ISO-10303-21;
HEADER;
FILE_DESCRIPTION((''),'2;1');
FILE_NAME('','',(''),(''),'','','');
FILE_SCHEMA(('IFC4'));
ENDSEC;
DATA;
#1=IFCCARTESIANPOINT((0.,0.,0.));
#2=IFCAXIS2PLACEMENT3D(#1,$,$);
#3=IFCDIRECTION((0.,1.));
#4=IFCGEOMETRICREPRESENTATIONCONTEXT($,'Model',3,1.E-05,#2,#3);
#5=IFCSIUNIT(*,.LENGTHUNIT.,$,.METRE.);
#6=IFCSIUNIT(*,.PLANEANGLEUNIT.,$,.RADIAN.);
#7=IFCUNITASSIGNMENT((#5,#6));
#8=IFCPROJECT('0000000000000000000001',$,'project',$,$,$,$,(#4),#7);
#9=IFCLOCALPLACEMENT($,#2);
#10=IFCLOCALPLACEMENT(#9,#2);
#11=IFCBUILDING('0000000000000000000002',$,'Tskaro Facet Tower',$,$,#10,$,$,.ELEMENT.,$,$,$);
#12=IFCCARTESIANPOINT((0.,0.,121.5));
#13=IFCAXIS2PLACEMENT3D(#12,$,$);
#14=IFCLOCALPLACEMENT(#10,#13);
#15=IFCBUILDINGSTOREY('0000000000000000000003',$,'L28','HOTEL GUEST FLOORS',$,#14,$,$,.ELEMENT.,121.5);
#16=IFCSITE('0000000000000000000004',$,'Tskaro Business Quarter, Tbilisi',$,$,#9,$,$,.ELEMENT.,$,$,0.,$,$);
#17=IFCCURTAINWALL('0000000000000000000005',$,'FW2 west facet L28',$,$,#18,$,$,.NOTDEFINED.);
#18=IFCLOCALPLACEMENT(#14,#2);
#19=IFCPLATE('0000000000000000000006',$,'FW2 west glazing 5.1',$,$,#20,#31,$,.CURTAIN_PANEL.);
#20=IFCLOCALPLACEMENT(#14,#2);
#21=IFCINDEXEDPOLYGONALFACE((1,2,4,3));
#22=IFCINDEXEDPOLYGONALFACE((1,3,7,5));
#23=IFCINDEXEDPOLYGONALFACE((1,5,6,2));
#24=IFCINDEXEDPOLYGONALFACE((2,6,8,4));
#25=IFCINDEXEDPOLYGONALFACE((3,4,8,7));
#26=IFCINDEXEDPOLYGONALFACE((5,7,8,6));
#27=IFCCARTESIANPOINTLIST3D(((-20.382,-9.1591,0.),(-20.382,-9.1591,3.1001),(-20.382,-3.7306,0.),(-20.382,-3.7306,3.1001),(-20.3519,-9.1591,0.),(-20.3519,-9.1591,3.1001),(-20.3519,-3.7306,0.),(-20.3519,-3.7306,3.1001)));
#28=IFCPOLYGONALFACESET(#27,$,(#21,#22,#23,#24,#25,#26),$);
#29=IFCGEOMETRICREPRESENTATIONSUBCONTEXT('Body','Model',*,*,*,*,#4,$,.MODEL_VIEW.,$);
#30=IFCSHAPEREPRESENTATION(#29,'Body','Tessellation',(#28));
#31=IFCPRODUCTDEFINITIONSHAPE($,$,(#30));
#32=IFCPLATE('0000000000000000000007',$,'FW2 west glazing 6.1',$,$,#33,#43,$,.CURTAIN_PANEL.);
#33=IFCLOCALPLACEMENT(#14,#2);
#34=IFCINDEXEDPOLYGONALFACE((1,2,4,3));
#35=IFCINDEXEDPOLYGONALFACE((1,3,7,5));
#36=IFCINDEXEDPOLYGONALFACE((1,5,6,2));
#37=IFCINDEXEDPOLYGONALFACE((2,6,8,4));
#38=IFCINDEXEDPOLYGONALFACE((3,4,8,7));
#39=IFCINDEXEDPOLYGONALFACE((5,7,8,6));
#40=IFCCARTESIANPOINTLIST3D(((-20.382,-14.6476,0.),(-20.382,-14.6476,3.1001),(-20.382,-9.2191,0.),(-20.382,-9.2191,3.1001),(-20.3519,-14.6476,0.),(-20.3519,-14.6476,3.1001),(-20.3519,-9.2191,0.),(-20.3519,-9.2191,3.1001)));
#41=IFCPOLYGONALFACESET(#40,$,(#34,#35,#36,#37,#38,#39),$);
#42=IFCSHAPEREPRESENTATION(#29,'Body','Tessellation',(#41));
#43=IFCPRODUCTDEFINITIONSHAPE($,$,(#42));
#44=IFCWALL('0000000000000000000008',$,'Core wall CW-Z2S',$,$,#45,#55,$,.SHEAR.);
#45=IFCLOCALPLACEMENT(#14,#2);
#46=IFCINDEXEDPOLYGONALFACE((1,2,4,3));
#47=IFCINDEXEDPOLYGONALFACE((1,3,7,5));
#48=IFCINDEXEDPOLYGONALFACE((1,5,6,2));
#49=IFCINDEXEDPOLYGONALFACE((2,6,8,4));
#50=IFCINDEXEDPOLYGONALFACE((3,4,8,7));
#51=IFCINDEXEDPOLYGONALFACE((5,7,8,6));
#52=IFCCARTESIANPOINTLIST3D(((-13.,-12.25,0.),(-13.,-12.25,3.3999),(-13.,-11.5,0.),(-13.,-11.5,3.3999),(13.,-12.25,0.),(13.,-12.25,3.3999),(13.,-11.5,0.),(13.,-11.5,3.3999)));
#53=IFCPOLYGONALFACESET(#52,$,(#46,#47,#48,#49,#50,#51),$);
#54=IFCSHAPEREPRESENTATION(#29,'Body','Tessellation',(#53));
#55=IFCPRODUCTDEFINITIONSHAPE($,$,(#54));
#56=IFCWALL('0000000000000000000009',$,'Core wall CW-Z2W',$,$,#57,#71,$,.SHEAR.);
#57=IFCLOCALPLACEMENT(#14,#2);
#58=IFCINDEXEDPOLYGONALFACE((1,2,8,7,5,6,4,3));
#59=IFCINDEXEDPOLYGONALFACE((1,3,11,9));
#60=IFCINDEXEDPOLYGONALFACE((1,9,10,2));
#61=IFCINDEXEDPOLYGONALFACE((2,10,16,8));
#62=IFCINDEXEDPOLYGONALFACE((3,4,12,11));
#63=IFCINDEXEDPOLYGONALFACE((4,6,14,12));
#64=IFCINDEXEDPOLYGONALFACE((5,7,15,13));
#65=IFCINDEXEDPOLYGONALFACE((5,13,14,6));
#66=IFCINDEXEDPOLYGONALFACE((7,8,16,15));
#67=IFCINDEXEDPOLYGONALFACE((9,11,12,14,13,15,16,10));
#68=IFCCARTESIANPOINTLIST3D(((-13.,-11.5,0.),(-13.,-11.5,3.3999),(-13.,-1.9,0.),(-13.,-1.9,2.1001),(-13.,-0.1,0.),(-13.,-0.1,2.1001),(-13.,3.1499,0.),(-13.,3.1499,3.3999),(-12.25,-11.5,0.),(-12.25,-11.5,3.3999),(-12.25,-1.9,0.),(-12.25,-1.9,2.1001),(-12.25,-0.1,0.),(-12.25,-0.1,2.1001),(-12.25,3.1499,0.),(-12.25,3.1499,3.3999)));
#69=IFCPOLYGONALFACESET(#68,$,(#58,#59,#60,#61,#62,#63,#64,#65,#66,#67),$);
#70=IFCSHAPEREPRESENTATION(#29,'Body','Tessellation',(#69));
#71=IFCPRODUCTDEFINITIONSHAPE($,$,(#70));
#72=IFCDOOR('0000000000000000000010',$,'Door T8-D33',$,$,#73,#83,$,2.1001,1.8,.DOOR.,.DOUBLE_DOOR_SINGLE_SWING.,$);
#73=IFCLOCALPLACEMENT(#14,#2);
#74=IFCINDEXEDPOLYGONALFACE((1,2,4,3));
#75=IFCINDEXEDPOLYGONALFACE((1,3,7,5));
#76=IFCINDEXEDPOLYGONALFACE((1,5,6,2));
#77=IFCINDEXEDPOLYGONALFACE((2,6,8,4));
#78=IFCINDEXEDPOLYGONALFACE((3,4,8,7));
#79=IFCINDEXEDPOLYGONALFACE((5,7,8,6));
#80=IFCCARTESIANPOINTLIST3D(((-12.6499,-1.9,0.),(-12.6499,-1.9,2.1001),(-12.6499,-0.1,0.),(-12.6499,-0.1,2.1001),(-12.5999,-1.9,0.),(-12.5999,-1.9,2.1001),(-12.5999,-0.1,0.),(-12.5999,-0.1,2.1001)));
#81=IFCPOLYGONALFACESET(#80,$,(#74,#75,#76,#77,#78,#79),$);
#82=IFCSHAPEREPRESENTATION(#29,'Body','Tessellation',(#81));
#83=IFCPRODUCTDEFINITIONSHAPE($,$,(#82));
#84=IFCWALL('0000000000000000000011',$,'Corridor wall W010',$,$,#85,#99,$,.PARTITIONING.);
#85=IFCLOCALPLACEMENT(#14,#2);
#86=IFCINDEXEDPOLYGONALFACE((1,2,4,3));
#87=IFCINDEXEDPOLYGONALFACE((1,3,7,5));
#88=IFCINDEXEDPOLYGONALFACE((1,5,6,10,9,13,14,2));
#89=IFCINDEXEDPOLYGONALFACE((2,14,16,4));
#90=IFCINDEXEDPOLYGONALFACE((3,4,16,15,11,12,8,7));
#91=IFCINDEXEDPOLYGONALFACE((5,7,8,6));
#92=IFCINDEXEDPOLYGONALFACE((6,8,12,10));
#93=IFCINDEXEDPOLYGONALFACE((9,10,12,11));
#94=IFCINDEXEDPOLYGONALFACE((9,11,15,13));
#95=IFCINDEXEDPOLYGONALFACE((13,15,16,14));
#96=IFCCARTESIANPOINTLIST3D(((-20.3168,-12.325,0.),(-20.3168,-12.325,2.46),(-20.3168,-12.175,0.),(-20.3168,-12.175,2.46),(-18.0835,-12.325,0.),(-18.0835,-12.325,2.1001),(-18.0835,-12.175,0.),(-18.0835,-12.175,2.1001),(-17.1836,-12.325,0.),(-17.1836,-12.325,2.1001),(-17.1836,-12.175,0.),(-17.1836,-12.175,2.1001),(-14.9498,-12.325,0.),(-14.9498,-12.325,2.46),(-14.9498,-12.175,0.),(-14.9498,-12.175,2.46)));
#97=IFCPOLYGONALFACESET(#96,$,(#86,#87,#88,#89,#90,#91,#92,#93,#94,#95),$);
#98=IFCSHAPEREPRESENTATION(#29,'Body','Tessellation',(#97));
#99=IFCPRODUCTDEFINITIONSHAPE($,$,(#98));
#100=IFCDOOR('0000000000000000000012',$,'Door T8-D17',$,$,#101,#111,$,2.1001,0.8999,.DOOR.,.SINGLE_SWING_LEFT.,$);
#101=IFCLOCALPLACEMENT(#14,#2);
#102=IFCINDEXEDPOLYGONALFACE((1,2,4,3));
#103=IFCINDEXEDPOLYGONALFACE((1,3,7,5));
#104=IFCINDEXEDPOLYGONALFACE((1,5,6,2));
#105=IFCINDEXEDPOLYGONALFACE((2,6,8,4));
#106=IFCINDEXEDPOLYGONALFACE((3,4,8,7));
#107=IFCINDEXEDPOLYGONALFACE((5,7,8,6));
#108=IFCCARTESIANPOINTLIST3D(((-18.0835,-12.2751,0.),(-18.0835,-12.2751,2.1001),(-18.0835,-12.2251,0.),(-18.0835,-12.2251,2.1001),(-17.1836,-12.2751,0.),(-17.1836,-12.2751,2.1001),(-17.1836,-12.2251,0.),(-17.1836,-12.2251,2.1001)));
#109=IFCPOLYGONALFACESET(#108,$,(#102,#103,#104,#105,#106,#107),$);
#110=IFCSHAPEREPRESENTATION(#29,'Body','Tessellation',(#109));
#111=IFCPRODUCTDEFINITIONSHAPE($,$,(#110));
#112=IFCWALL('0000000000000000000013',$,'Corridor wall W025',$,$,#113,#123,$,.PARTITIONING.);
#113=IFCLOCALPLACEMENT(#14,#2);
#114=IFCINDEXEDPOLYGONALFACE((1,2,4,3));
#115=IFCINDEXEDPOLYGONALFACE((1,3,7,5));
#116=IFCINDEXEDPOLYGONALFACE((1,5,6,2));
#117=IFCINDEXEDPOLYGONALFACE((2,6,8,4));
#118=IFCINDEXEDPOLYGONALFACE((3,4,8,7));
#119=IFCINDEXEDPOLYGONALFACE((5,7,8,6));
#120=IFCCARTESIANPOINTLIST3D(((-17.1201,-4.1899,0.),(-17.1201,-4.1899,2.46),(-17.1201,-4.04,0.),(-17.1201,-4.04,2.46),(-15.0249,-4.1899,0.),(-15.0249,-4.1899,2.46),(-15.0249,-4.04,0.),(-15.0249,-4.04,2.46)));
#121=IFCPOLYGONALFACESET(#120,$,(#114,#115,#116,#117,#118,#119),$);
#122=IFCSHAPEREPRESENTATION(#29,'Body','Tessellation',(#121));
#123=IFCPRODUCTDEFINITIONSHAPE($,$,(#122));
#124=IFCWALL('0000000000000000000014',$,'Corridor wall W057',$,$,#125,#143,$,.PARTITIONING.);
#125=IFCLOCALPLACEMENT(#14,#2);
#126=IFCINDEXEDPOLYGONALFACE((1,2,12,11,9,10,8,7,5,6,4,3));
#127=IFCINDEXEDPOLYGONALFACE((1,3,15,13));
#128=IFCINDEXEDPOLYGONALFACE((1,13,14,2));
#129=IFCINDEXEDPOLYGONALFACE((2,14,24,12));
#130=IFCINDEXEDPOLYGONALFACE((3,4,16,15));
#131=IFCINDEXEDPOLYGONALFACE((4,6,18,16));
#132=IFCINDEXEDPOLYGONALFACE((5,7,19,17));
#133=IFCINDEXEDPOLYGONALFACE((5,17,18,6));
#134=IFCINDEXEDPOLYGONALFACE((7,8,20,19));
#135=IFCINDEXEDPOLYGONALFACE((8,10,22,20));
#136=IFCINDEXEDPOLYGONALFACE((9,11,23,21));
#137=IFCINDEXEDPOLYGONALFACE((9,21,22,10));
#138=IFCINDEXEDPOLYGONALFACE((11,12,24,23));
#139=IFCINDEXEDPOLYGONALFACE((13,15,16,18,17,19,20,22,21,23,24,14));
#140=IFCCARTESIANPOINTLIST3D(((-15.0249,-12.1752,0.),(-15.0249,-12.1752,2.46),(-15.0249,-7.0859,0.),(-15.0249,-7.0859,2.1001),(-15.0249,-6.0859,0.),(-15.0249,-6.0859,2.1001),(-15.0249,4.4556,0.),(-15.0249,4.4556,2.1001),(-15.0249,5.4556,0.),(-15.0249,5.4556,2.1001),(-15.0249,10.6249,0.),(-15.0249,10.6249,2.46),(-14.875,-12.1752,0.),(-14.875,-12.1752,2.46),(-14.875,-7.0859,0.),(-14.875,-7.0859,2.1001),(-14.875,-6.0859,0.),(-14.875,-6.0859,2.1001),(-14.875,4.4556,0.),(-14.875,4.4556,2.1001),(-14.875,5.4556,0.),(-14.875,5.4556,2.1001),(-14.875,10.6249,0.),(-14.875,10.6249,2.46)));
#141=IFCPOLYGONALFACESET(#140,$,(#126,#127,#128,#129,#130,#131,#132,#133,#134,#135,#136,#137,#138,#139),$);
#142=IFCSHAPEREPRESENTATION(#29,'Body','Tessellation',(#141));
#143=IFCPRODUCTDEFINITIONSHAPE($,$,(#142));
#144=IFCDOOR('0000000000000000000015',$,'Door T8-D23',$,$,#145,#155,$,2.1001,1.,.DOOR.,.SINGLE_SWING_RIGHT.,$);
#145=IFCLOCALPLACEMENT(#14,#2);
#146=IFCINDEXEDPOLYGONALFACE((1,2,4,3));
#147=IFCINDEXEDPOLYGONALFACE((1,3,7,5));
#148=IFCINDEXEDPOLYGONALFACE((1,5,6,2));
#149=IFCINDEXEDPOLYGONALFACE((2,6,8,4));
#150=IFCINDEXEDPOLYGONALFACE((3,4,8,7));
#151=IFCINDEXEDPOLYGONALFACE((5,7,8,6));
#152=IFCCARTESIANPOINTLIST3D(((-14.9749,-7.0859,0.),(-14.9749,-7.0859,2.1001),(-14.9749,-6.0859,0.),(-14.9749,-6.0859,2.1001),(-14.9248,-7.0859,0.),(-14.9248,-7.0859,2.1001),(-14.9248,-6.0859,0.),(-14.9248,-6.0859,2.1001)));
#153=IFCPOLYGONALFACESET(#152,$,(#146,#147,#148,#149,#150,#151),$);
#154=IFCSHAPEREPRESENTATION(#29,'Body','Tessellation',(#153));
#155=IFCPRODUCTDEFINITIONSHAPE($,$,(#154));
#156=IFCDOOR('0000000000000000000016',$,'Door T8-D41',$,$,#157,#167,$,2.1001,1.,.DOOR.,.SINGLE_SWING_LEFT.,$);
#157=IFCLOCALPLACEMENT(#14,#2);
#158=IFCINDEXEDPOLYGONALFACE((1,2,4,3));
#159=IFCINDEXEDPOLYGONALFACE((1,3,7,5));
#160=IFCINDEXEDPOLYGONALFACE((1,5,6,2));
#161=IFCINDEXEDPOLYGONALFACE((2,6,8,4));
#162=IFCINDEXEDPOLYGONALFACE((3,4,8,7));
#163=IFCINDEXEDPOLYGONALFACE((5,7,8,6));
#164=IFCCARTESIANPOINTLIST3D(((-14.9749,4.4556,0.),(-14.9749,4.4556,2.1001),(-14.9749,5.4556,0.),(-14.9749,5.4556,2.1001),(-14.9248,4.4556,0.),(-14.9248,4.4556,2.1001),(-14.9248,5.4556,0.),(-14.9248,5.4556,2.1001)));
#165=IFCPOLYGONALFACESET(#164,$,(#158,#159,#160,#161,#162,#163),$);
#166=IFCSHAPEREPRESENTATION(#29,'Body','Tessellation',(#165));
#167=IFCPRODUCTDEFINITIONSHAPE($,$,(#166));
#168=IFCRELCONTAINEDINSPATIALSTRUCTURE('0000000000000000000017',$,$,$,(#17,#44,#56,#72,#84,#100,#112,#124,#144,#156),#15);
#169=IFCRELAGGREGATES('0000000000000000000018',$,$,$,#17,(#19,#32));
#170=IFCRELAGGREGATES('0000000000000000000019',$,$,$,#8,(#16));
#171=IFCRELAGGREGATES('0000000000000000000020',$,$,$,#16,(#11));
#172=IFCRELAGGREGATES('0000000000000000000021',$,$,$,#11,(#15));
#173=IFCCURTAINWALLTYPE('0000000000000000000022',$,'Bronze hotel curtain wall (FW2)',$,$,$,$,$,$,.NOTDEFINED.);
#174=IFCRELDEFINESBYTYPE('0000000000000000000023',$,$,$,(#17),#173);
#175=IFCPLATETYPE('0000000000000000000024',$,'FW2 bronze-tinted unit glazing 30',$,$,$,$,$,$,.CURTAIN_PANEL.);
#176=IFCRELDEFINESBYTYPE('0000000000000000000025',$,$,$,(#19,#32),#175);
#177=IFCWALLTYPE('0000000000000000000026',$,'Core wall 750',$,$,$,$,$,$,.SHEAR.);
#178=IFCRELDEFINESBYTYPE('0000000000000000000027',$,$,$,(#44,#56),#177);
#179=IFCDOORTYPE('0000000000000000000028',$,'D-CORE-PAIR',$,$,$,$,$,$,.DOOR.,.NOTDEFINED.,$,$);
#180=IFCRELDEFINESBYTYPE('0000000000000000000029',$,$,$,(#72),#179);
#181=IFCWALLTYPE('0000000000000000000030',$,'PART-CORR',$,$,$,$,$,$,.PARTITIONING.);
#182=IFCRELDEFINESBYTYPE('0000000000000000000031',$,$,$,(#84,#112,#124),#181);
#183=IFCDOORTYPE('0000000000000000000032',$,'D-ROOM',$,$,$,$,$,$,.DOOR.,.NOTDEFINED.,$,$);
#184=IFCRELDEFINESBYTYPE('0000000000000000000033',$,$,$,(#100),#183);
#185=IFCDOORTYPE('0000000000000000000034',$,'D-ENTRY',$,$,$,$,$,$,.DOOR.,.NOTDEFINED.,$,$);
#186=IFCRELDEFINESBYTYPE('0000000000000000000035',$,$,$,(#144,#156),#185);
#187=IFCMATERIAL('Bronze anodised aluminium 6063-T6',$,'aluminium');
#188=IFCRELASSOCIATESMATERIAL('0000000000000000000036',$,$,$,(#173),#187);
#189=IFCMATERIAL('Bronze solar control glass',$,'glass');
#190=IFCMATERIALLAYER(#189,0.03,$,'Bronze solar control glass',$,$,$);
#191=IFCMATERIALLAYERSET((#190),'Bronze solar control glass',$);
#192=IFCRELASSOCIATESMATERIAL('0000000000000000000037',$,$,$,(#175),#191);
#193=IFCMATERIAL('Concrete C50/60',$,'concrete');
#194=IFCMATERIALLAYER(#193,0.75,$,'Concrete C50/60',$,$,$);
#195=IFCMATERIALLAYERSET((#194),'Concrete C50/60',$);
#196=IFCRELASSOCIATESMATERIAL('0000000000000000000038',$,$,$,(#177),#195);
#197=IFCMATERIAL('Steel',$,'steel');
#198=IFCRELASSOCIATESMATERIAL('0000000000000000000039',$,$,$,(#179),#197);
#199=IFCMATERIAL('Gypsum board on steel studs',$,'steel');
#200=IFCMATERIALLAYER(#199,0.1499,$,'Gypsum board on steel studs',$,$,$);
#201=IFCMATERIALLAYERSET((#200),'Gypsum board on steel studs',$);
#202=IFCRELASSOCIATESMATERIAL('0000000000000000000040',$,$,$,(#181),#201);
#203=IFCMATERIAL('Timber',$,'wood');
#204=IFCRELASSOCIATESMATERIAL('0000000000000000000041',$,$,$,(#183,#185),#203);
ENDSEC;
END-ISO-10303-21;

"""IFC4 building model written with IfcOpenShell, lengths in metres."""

from ifc_helpers import new_model, si_unit, direction, frame, frame_2d, origin, origin_2d, place, context, subcontext, project, spatial, rectangle, extrude, material, layer, layer_set, type_object, element, fill, aggregate, save


model = new_model("IFC4")

# Units and contexts
model_context = context("Model", 3, precision=1e-05, world=origin(), true_north=direction((0.0, 1.0)))
body_context = subcontext(model_context, "Body", "Model", "MODEL_VIEW")
ifc_project = project(units=[si_unit("LENGTHUNIT", "METRE"), si_unit("PLANEANGLEUNIT", "RADIAN")], contexts=[model_context])

# Site, building, storey
site_placement = place(None, origin())
site = spatial("IfcSite", under=ifc_project, at=site_placement, Name="Tskaro Business Quarter, Tbilisi", CompositionType="ELEMENT", RefElevation=0.0)
building_placement = place(site_placement, origin())
building = spatial("IfcBuilding", under=site, at=building_placement, Name="Tskaro Facet Tower", CompositionType="ELEMENT")
storey_placement = place(building_placement, frame((0.0, 0.0, 121.5)))
storey = spatial("IfcBuildingStorey", under=building, at=storey_placement, Name="L28", Description="HOTEL GUEST FLOORS", CompositionType="ELEMENT", Elevation=121.5)

# Curtain wall, plates
ifc_material_1 = material(Name="Bronze anodised aluminium 6063-T6", Category="aluminium")
curtain_wall_type = type_object("IfcCurtainWallType", Name="Bronze hotel curtain wall (FW2)", PredefinedType="NOTDEFINED", material=ifc_material_1)
curtain_wall_placement = place(storey_placement, origin())
curtain_wall = element("IfcCurtainWall", 1, at=curtain_wall_placement, inside=storey, type_object=curtain_wall_type, Name="FW2 west facet L28", PredefinedType="NOTDEFINED")
ifc_material_2 = material(Name="Bronze solar control glass", Category="glass")
ifc_layer_1 = layer(ifc_material_2, 0.03, Name="Bronze solar control glass")
ifc_layer_set_1 = layer_set([ifc_layer_1], Name="Bronze solar control glass")
plate_type = type_object("IfcPlateType", Name="FW2 bronze-tinted unit glazing 30", PredefinedType="CURTAIN_PANEL", material=ifc_layer_set_1)
plate_1_placement = place(storey_placement, frame((-20.3669, -6.4448, 0.0), z_axis=(0.0, 0.0, 1.0), x_axis=(0.0, -1.0, 0.0)))
plate_1 = element("IfcPlate", 2, at=plate_1_placement, type_object=plate_type, Name="FW2 west glazing 5.1", PredefinedType="CURTAIN_PANEL", context=body_context, shape_type="SweptSolid", body=[
    extrude(rectangle(XDim=5.4285, YDim=0.03, at=origin_2d()), origin(), (0.0, 0.0, 1.0), 3.1001),
])
plate_2_placement = place(storey_placement, frame((-20.3669, -11.9333, 0.0), z_axis=(0.0, 0.0, 1.0), x_axis=(0.0, -1.0, 0.0)))
plate_2 = element("IfcPlate", 3, at=plate_2_placement, type_object=plate_type, Name="FW2 west glazing 6.1", PredefinedType="CURTAIN_PANEL", context=body_context, shape_type="SweptSolid", body=[
    extrude(rectangle(XDim=5.4285, YDim=0.03, at=origin_2d()), origin(), (0.0, 0.0, 1.0), 3.1001),
])
aggregate(curtain_wall, [plate_1, plate_2])

# Wall
ifc_material_3 = material(Name="Concrete C50/60", Category="concrete")
ifc_layer_2 = layer(ifc_material_3, 0.75, Name="Concrete C50/60")
ifc_layer_set_2 = layer_set([ifc_layer_2], Name="Concrete C50/60")
wall_type_1 = type_object("IfcWallType", Name="Core wall 750", PredefinedType="SHEAR", material=ifc_layer_set_2)
wall_1_placement = place(storey_placement, frame((-13.0, -11.875, 0.0), z_axis=(0.0, 0.0, 1.0), x_axis=(1.0, 0.0, 0.0)))
element("IfcWall", 4, at=wall_1_placement, inside=storey, type_object=wall_type_1, Name="Core wall CW-Z2S", PredefinedType="SHEAR", context=body_context, shape_type="SweptSolid", body=[
    extrude(rectangle(XDim=26.0, YDim=0.75, at=frame_2d((13.0, 0.0))), origin(), (0.0, 0.0, 1.0), 3.3999),
])

# Walls, openings, doors
wall_2_placement = place(storey_placement, frame((-12.625, -11.5, 0.0), z_axis=(0.0, 0.0, 1.0), x_axis=(0.0, 1.0, 0.0)))
wall_2 = element("IfcWall", 5, at=wall_2_placement, inside=storey, type_object=wall_type_1, Name="Core wall CW-Z2W", PredefinedType="SHEAR", context=body_context, shape_type="SweptSolid", body=[
    extrude(rectangle(XDim=14.6499, YDim=0.75, at=frame_2d((7.325, 0.0))), origin(), (0.0, 0.0, 1.0), 3.3999),
])
opening_1_placement = place(wall_2_placement, frame((9.6001, 0.0, 0.0)))
opening_1 = element("IfcOpeningElement", 6, at=opening_1_placement, cuts=wall_2, PredefinedType="OPENING", context=body_context, shape_type="SweptSolid", body=[
    extrude(rectangle(XDim=1.8, YDim=2.1001, at=frame_2d((0.8999, 1.05))), frame((0.0, 0.385, 0.0), z_axis=(0.0, -1.0, 0.0), x_axis=(1.0, 0.0, 0.0)), (0.0, 0.0, 1.0), 0.77),
])
ifc_material_4 = material(Name="Steel", Category="steel")
door_type_1 = type_object("IfcDoorType", Name="D-CORE-PAIR", OperationType="NOTDEFINED", PredefinedType="DOOR", material=ifc_material_4)
door_1_placement = place(opening_1_placement, origin())
door_1 = element("IfcDoor", 7, at=door_1_placement, inside=storey, type_object=door_type_1, Name="Door T8-D33", OperationType="DOUBLE_DOOR_SINGLE_SWING", OverallHeight=2.1001, OverallWidth=1.8, PredefinedType="DOOR", context=body_context, shape_type="SweptSolid", body=[
    extrude(rectangle(XDim=1.8, YDim=2.1001, at=frame_2d((0.8999, 1.05))), frame((0.0, 0.0249, 0.0), z_axis=(0.0, -1.0, 0.0), x_axis=(1.0, 0.0, 0.0)), (0.0, 0.0, 1.0), 0.05),
])
fill(opening_1, door_1)
ifc_material_5 = material(Name="Gypsum board on steel studs", Category="steel")
ifc_layer_3 = layer(ifc_material_5, 0.1499, Name="Gypsum board on steel studs")
ifc_layer_set_3 = layer_set([ifc_layer_3], Name="Gypsum board on steel studs")
wall_type_2 = type_object("IfcWallType", Name="PART-CORR", PredefinedType="PARTITIONING", material=ifc_layer_set_3)
wall_3_placement = place(storey_placement, frame((-20.3169, -12.25, 0.0), z_axis=(0.0, 0.0, 1.0), x_axis=(1.0, 0.0, 0.0)))
wall_3 = element("IfcWall", 8, at=wall_3_placement, inside=storey, type_object=wall_type_2, Name="Corridor wall W010", PredefinedType="PARTITIONING", context=body_context, shape_type="SweptSolid", body=[
    extrude(rectangle(XDim=5.3669, YDim=0.1499, at=frame_2d((2.6836, 0.0))), origin(), (0.0, 0.0, 1.0), 2.46),
])
opening_2_placement = place(wall_3_placement, frame((2.2334, 0.0, 0.0)))
opening_2 = element("IfcOpeningElement", 9, at=opening_2_placement, cuts=wall_3, PredefinedType="OPENING", context=body_context, shape_type="SweptSolid", body=[
    extrude(rectangle(XDim=0.8999, YDim=2.1001, at=frame_2d((0.45, 1.05))), frame((0.0, 0.085, 0.0), z_axis=(0.0, -1.0, 0.0), x_axis=(1.0, 0.0, 0.0)), (0.0, 0.0, 1.0), 0.1699),
])
ifc_material_6 = material(Name="Timber", Category="wood")
door_type_2 = type_object("IfcDoorType", Name="D-ROOM", OperationType="NOTDEFINED", PredefinedType="DOOR", material=ifc_material_6)
door_2_placement = place(opening_2_placement, origin())
door_2 = element("IfcDoor", 10, at=door_2_placement, inside=storey, type_object=door_type_2, Name="Door T8-D17", OperationType="SINGLE_SWING_LEFT", OverallHeight=2.1001, OverallWidth=0.8999, PredefinedType="DOOR", context=body_context, shape_type="SweptSolid", body=[
    extrude(rectangle(XDim=0.8999, YDim=2.1001, at=frame_2d((0.45, 1.05))), frame((0.0, 0.0249, 0.0), z_axis=(0.0, -1.0, 0.0), x_axis=(1.0, 0.0, 0.0)), (0.0, 0.0, 1.0), 0.05),
])
fill(opening_2, door_2)

# Wall
wall_4_placement = place(storey_placement, frame((-17.1201, -4.115, 0.0), z_axis=(0.0, 0.0, 1.0), x_axis=(1.0, 0.0, 0.0)))
element("IfcWall", 11, at=wall_4_placement, inside=storey, type_object=wall_type_2, Name="Corridor wall W025", PredefinedType="PARTITIONING", context=body_context, shape_type="SweptSolid", body=[
    extrude(rectangle(XDim=2.0952, YDim=0.1499, at=frame_2d((1.0476, 0.0))), origin(), (0.0, 0.0, 1.0), 2.46),
])

# Wall, openings, doors
wall_5_placement = place(storey_placement, frame((-14.95, -12.175, 0.0), z_axis=(0.0, 0.0, 1.0), x_axis=(0.0, 1.0, 0.0)))
wall_5 = element("IfcWall", 12, at=wall_5_placement, inside=storey, type_object=wall_type_2, Name="Corridor wall W057", PredefinedType="PARTITIONING", context=body_context, shape_type="SweptSolid", body=[
    extrude(rectangle(XDim=22.8, YDim=0.1499, at=frame_2d((11.3999, 0.0))), origin(), (0.0, 0.0, 1.0), 2.46),
])
opening_3_placement = place(wall_5_placement, frame((5.0891, 0.0, 0.0)))
opening_3 = element("IfcOpeningElement", 13, at=opening_3_placement, cuts=wall_5, PredefinedType="OPENING", context=body_context, shape_type="SweptSolid", body=[
    extrude(rectangle(XDim=1.0, YDim=2.1001, at=frame_2d((0.5, 1.05))), frame((0.0, 0.085, 0.0), z_axis=(0.0, -1.0, 0.0), x_axis=(1.0, 0.0, 0.0)), (0.0, 0.0, 1.0), 0.1699),
])
opening_4_placement = place(wall_5_placement, frame((16.6306, 0.0, 0.0)))
opening_4 = element("IfcOpeningElement", 14, at=opening_4_placement, cuts=wall_5, PredefinedType="OPENING", context=body_context, shape_type="SweptSolid", body=[
    extrude(rectangle(XDim=1.0, YDim=2.1001, at=frame_2d((0.5, 1.05))), frame((0.0, 0.085, 0.0), z_axis=(0.0, -1.0, 0.0), x_axis=(1.0, 0.0, 0.0)), (0.0, 0.0, 1.0), 0.1699),
])
door_type_3 = type_object("IfcDoorType", Name="D-ENTRY", OperationType="NOTDEFINED", PredefinedType="DOOR", material=ifc_material_6)
door_3_placement = place(opening_3_placement, origin())
door_3 = element("IfcDoor", 15, at=door_3_placement, inside=storey, type_object=door_type_3, Name="Door T8-D23", OperationType="SINGLE_SWING_RIGHT", OverallHeight=2.1001, OverallWidth=1.0, PredefinedType="DOOR", context=body_context, shape_type="SweptSolid", body=[
    extrude(rectangle(XDim=1.0, YDim=2.1001, at=frame_2d((0.5, 1.05))), frame((0.0, 0.0249, 0.0), z_axis=(0.0, -1.0, 0.0), x_axis=(1.0, 0.0, 0.0)), (0.0, 0.0, 1.0), 0.05),
])
fill(opening_3, door_3)
door_4_placement = place(opening_4_placement, origin())
door_4 = element("IfcDoor", 16, at=door_4_placement, inside=storey, type_object=door_type_3, Name="Door T8-D41", OperationType="SINGLE_SWING_LEFT", OverallHeight=2.1001, OverallWidth=1.0, PredefinedType="DOOR", context=body_context, shape_type="SweptSolid", body=[
    extrude(rectangle(XDim=1.0, YDim=2.1001, at=frame_2d((0.5, 1.05))), frame((0.0, 0.0249, 0.0), z_axis=(0.0, -1.0, 0.0), x_axis=(1.0, 0.0, 0.0)), (0.0, 0.0, 1.0), 0.05),
])
fill(opening_4, door_4)

save(model, "model.ifc")
